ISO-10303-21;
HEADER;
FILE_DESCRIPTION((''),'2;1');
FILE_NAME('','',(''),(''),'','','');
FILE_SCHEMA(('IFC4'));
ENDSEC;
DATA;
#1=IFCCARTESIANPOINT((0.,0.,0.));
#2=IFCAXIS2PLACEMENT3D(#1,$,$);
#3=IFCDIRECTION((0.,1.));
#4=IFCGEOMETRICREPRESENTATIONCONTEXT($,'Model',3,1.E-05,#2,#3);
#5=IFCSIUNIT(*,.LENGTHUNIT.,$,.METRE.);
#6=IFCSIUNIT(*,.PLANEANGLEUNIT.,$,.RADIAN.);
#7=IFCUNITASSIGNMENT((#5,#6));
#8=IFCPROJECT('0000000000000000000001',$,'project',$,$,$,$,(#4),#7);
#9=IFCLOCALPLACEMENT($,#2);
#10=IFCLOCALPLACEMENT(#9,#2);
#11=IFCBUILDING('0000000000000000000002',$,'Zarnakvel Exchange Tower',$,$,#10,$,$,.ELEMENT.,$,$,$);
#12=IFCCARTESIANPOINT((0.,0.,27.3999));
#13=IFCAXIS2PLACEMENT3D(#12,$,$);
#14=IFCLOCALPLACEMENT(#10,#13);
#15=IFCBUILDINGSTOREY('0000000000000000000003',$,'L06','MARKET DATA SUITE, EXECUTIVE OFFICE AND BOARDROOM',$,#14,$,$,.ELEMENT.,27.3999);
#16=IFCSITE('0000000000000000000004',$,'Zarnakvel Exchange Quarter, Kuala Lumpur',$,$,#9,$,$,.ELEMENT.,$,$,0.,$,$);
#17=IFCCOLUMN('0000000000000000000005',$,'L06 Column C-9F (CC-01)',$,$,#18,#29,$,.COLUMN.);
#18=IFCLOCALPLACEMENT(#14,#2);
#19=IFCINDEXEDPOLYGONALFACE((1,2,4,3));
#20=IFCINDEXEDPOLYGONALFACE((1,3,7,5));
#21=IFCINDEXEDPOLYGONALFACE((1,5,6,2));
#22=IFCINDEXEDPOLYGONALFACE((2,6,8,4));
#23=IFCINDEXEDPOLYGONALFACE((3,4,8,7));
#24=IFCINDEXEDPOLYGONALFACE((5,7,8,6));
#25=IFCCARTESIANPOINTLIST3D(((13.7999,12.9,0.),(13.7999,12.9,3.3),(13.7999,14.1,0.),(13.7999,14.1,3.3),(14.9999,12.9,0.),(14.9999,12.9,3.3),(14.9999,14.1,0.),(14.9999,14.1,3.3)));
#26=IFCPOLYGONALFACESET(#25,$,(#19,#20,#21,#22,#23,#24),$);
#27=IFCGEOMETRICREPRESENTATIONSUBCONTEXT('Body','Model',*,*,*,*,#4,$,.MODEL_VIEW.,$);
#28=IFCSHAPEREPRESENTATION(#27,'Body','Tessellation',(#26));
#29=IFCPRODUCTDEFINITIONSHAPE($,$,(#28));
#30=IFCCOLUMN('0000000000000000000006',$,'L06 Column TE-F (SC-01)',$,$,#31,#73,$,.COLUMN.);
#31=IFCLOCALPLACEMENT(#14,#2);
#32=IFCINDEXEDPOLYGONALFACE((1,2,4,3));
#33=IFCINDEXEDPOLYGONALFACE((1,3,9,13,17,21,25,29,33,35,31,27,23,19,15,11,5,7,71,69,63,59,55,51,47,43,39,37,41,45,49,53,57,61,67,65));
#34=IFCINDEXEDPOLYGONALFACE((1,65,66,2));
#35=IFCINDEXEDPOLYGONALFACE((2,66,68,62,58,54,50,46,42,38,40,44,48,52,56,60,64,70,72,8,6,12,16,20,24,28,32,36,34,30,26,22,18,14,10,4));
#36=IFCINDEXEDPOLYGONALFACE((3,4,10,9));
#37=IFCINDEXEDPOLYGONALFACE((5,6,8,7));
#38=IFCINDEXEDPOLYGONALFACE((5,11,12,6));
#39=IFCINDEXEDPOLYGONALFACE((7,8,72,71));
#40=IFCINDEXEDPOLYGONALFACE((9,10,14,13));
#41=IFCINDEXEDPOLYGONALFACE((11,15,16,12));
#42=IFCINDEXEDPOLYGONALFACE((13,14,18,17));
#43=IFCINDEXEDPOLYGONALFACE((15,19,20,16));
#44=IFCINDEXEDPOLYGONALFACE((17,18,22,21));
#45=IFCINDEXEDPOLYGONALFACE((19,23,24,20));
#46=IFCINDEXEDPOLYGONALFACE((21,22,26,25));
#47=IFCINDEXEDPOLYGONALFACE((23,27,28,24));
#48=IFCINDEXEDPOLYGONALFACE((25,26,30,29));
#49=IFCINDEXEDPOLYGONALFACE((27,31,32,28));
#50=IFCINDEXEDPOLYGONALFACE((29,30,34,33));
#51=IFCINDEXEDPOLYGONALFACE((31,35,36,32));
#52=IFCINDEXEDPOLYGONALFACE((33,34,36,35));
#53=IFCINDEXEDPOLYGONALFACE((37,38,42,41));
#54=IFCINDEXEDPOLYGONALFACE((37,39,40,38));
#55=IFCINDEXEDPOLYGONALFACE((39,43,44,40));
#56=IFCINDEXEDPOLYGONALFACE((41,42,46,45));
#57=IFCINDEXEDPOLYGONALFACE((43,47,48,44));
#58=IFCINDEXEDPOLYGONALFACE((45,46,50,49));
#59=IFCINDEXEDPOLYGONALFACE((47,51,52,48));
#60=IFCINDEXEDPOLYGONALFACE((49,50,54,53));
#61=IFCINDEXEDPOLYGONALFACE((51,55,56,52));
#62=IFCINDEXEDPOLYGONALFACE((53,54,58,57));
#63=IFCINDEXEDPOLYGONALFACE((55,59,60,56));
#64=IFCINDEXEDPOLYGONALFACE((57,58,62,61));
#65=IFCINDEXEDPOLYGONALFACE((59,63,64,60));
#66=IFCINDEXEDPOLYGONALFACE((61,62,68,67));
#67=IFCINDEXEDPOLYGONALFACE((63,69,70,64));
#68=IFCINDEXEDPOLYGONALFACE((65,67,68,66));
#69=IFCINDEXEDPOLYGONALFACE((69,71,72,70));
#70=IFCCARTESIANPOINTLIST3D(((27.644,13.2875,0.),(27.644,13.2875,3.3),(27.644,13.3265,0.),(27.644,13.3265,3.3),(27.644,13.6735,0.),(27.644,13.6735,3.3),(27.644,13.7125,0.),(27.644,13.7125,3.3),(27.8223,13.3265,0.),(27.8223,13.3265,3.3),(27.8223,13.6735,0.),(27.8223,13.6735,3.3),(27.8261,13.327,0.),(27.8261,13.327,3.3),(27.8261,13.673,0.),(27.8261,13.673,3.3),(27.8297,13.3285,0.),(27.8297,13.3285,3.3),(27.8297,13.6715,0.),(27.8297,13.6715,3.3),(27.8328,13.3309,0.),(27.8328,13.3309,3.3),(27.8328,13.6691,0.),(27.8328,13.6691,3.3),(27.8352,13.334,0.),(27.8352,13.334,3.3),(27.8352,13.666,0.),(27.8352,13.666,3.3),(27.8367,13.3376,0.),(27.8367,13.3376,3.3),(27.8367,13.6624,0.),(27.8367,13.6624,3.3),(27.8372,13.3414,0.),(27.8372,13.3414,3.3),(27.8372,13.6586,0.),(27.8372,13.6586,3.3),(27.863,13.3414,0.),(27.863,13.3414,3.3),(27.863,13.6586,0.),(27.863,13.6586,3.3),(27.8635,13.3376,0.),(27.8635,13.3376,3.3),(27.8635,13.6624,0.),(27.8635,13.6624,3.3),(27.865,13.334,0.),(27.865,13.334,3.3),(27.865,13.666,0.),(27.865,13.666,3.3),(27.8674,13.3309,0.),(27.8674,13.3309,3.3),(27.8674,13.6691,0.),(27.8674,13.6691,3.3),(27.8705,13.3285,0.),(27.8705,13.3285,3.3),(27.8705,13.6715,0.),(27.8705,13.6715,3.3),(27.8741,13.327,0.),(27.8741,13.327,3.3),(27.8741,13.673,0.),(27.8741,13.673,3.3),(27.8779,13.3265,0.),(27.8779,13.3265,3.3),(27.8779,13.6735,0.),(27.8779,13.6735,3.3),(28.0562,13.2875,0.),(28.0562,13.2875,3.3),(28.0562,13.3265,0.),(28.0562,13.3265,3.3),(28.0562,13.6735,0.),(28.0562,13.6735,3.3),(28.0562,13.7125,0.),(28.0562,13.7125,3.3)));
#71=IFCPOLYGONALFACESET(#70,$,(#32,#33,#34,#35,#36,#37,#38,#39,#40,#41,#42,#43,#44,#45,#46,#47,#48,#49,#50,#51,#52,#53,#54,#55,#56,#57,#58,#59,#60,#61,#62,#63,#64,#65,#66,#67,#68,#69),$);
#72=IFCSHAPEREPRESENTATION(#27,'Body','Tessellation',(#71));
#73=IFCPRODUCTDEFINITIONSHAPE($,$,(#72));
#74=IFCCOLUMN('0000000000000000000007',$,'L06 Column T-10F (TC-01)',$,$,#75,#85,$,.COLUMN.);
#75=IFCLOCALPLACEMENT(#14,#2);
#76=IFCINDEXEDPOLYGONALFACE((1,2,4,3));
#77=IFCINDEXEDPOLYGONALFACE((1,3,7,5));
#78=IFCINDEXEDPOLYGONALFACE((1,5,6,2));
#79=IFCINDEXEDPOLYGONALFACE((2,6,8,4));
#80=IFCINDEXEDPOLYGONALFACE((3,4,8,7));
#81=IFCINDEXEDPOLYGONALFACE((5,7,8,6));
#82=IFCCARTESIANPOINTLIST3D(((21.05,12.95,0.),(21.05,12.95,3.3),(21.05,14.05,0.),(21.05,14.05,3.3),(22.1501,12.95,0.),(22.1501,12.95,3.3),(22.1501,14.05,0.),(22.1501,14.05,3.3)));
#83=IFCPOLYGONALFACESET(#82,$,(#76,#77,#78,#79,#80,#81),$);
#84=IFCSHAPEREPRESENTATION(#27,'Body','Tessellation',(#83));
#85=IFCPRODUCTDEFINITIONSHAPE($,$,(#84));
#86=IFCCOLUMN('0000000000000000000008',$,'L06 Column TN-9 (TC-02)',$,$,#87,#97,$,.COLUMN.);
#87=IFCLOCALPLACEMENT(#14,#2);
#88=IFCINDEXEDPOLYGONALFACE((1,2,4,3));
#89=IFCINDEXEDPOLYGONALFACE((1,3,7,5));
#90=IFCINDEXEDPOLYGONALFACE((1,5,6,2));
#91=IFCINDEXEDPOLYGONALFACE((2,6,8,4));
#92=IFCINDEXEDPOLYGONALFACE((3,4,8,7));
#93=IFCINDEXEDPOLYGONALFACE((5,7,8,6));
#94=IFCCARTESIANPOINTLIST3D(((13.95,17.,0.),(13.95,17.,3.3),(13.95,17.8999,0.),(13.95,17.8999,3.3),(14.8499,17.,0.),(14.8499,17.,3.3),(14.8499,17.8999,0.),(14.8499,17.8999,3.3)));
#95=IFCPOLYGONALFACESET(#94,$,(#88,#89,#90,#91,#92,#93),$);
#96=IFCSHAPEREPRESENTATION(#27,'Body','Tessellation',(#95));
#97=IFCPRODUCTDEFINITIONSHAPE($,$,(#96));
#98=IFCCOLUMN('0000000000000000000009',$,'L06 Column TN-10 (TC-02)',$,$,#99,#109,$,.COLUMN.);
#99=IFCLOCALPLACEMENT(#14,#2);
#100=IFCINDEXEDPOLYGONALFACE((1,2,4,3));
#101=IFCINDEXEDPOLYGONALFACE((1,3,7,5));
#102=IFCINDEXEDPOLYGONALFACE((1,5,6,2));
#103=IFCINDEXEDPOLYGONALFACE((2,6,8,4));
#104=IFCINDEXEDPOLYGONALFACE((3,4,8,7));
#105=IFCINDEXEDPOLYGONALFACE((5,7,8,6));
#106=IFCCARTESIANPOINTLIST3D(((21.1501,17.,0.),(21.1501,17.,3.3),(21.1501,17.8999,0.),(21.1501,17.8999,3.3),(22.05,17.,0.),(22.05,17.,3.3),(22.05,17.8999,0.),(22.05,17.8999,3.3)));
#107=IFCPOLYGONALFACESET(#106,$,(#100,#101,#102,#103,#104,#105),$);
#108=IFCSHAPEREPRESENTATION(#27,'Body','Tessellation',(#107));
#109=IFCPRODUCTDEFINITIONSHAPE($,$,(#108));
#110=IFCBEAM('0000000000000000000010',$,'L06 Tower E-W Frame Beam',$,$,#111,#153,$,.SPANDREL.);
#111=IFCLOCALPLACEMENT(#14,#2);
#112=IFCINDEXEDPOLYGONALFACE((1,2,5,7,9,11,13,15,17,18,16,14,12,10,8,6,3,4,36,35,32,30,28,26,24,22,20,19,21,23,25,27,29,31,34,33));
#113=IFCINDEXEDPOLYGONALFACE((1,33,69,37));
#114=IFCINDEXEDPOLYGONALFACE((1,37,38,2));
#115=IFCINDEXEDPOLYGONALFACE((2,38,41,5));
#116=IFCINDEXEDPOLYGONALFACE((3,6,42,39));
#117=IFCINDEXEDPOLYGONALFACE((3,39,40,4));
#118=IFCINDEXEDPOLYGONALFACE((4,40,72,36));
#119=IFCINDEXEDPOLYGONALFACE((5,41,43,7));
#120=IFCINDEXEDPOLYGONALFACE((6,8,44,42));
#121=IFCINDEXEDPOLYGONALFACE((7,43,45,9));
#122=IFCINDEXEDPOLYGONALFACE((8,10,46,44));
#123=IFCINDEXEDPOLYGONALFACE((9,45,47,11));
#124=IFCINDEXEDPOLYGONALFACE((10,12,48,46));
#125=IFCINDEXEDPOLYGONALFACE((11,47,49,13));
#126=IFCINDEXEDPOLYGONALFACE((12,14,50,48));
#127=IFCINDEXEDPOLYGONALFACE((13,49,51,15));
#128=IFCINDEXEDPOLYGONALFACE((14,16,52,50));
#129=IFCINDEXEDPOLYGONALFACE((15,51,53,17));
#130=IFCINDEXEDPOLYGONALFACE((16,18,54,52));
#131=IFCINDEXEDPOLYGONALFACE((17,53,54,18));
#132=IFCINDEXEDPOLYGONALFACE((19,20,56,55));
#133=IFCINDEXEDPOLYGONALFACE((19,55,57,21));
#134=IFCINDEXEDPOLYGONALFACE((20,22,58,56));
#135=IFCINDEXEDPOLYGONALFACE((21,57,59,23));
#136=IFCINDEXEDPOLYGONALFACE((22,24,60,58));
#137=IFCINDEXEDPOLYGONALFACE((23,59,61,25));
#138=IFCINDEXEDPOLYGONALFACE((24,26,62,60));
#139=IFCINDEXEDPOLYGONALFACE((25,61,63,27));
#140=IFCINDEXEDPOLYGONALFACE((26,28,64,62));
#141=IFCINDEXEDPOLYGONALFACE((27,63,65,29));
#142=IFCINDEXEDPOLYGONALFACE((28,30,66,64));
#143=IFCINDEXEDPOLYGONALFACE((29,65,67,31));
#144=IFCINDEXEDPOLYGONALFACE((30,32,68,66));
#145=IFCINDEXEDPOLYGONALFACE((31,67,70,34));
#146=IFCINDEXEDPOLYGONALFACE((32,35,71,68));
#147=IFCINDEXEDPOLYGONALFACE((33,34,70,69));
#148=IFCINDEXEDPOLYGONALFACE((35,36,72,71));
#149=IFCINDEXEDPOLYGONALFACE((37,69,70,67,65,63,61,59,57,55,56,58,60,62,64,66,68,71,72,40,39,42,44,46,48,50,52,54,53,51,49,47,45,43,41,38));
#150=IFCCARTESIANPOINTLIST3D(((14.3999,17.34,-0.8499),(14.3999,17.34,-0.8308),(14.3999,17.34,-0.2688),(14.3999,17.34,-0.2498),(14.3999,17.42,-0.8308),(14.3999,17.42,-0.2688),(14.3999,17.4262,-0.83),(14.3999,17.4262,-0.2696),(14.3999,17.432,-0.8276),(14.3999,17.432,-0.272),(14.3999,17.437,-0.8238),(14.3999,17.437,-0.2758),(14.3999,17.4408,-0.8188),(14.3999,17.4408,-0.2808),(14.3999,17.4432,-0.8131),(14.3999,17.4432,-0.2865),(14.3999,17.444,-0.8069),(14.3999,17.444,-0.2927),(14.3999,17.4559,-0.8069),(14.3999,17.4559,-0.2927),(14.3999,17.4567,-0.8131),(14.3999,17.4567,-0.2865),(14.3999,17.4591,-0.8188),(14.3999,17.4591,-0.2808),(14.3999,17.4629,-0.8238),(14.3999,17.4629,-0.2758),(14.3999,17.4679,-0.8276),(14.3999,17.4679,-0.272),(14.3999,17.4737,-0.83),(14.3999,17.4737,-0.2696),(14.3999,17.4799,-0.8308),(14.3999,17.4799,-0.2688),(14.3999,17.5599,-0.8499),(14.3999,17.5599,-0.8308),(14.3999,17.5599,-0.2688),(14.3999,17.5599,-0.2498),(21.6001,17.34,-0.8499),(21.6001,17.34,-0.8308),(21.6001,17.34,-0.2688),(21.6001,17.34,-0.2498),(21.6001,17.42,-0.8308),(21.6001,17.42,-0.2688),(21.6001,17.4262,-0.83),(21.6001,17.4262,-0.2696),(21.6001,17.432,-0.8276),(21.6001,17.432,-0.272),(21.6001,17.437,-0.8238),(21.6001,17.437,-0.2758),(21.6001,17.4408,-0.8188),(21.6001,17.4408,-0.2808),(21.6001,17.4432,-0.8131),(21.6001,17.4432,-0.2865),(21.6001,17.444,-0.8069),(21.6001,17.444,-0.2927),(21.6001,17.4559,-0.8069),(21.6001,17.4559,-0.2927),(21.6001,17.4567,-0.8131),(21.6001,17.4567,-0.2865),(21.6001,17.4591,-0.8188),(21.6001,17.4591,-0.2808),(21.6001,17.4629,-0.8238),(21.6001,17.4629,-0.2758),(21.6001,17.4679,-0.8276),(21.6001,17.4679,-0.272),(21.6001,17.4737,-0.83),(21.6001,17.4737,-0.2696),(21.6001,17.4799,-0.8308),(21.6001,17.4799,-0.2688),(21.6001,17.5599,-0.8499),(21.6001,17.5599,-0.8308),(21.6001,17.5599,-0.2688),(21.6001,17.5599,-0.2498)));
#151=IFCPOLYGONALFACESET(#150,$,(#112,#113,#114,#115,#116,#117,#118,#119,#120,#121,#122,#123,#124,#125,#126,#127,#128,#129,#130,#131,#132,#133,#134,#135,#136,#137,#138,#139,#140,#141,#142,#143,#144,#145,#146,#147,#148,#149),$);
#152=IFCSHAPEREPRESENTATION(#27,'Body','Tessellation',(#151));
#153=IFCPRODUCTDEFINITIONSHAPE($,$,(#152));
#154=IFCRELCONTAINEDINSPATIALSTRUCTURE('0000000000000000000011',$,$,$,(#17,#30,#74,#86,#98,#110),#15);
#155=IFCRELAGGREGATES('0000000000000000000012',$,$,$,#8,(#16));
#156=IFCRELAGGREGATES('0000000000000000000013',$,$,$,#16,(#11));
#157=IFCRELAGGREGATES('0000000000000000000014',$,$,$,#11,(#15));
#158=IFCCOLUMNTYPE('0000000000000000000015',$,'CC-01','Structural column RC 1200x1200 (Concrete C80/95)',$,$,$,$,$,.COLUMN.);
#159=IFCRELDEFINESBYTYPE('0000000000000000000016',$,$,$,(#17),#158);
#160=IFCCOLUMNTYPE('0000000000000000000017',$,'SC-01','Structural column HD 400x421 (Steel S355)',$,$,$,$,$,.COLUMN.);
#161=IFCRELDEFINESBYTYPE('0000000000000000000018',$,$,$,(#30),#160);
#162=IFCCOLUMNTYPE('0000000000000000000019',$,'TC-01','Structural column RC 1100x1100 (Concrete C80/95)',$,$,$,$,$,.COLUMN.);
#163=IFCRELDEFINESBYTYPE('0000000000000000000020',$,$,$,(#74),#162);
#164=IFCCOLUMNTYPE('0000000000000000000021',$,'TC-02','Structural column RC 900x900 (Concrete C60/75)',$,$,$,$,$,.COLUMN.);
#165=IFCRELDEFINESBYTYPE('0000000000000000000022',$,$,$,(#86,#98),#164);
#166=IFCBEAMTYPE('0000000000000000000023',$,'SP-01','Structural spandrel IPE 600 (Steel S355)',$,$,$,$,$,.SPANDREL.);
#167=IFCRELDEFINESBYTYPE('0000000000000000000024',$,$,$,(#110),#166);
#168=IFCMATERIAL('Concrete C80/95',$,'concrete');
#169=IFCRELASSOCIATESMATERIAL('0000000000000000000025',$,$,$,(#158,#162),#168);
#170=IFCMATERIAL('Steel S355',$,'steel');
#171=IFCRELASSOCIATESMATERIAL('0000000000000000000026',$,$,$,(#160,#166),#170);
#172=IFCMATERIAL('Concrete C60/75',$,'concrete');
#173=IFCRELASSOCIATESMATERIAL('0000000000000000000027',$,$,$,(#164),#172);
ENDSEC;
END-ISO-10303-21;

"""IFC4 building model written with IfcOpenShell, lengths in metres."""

from ifc_helpers import new_model, si_unit, direction, frame, origin, origin_2d, place, context, subcontext, project, spatial, rectangle, i_section, extrude, material, material_profile, profile_set, type_object, element, save


model = new_model("IFC4")

# Units and contexts
model_context = context("Model", 3, precision=1e-05, world=origin(), true_north=direction((0.0, 1.0)))
body_context = subcontext(model_context, "Body", "Model", "MODEL_VIEW")
ifc_project = project(units=[si_unit("LENGTHUNIT", "METRE"), si_unit("PLANEANGLEUNIT", "RADIAN")], contexts=[model_context])

# Site, building, storey
site_placement = place(None, origin())
site = spatial("IfcSite", under=ifc_project, at=site_placement, Name="Zarnakvel Exchange Quarter, Kuala Lumpur", CompositionType="ELEMENT", RefElevation=0.0)
building_placement = place(site_placement, origin())
building = spatial("IfcBuilding", under=site, at=building_placement, Name="Zarnakvel Exchange Tower", CompositionType="ELEMENT")
storey_placement = place(building_placement, frame((0.0, 0.0, 27.3999)))
storey = spatial("IfcBuildingStorey", under=building, at=storey_placement, Name="L06", Description="MARKET DATA SUITE, EXECUTIVE OFFICE AND BOARDROOM", CompositionType="ELEMENT", Elevation=27.3999)

# Columns
ifc_material_1 = material(Name="Concrete C80/95", Category="concrete")
ifc_material_profile_1 = material_profile(ifc_material_1, rectangle(XDim=1.2, YDim=1.2, at=origin_2d()))
ifc_profile_set_1 = profile_set([ifc_material_profile_1], Name="Concrete C80/95")
column_type_1 = type_object("IfcColumnType", Name="CC-01", Description="Structural column RC 1200x1200 (Concrete C80/95)", PredefinedType="COLUMN", material=ifc_profile_set_1)
column_1_placement = place(storey_placement, frame((14.3999, 13.5, 0.0), z_axis=(0.0, 0.0, 1.0), x_axis=(1.0, 0.0, 0.0)))
element("IfcColumn", 1, at=column_1_placement, inside=storey, type_object=column_type_1, Name="L06 Column C-9F (CC-01)", PredefinedType="COLUMN", context=body_context, shape_type="SweptSolid", body=[
    extrude(rectangle(XDim=1.2, YDim=1.2, at=origin_2d()), origin(), (0.0, 0.0, 1.0), 3.3),
])
ifc_material_2 = material(Name="Steel S355", Category="steel")
ifc_material_profile_2 = material_profile(ifc_material_2, i_section(OverallWidth=0.4121, OverallDepth=0.425, WebThickness=0.0259, FlangeThickness=0.0391, FilletRadius=0.0149, at=origin_2d()))
ifc_profile_set_2 = profile_set([ifc_material_profile_2], Name="Steel S355")
column_type_2 = type_object("IfcColumnType", Name="SC-01", Description="Structural column HD 400x421 (Steel S355)", PredefinedType="COLUMN", material=ifc_profile_set_2)
column_2_placement = place(storey_placement, frame((27.8501, 13.5, 0.0), z_axis=(0.0, 0.0, 1.0), x_axis=(1.0, 0.0, 0.0)))
element("IfcColumn", 2, at=column_2_placement, inside=storey, type_object=column_type_2, Name="L06 Column TE-F (SC-01)", PredefinedType="COLUMN", context=body_context, shape_type="SweptSolid", body=[
    extrude(i_section(OverallWidth=0.4121, OverallDepth=0.425, WebThickness=0.0259, FlangeThickness=0.0391, FilletRadius=0.0149, at=origin_2d()), origin(), (0.0, 0.0, 1.0), 3.3),
])
ifc_material_profile_3 = material_profile(ifc_material_1, rectangle(XDim=1.1001, YDim=1.1001, at=origin_2d()))
ifc_profile_set_3 = profile_set([ifc_material_profile_3], Name="Concrete C80/95")
column_type_3 = type_object("IfcColumnType", Name="TC-01", Description="Structural column RC 1100x1100 (Concrete C80/95)", PredefinedType="COLUMN", material=ifc_profile_set_3)
column_3_placement = place(storey_placement, frame((21.6001, 13.5, 0.0), z_axis=(0.0, 0.0, 1.0), x_axis=(1.0, 0.0, 0.0)))
element("IfcColumn", 3, at=column_3_placement, inside=storey, type_object=column_type_3, Name="L06 Column T-10F (TC-01)", PredefinedType="COLUMN", context=body_context, shape_type="SweptSolid", body=[
    extrude(rectangle(XDim=1.1001, YDim=1.1001, at=origin_2d()), origin(), (0.0, 0.0, 1.0), 3.3),
])
ifc_material_3 = material(Name="Concrete C60/75", Category="concrete")
ifc_material_profile_4 = material_profile(ifc_material_3, rectangle(XDim=0.8999, YDim=0.8999, at=origin_2d()))
ifc_profile_set_4 = profile_set([ifc_material_profile_4], Name="Concrete C60/75")
column_type_4 = type_object("IfcColumnType", Name="TC-02", Description="Structural column RC 900x900 (Concrete C60/75)", PredefinedType="COLUMN", material=ifc_profile_set_4)
for number, where, z_axis, x_axis, name in (
    (4, (14.3999, 17.45, 0.0), (0.0, 0.0, 1.0), (1.0, 0.0, 0.0), "L06 Column TN-9 (TC-02)"),
    (5, (21.6001, 17.45, 0.0), (0.0, 0.0, 1.0), (1.0, 0.0, 0.0), "L06 Column TN-10 (TC-02)"),
):
    element("IfcColumn", number, at=place(storey_placement, frame(where, z_axis=z_axis, x_axis=x_axis)), inside=storey, type_object=column_type_4, Name=name, PredefinedType="COLUMN", context=body_context, shape_type="SweptSolid", body=[
        extrude(rectangle(XDim=0.8999, YDim=0.8999, at=origin_2d()), origin(), (0.0, 0.0, 1.0), 3.3),
    ])

# Beam
ifc_material_profile_5 = material_profile(ifc_material_2, i_section(OverallWidth=0.22, OverallDepth=0.6001, WebThickness=0.012, FlangeThickness=0.019, FilletRadius=0.0239, at=origin_2d()))
ifc_profile_set_5 = profile_set([ifc_material_profile_5], Name="Steel S355")
beam_type_1 = type_object("IfcBeamType", Name="SP-01", Description="Structural spandrel IPE 600 (Steel S355)", PredefinedType="SPANDREL", material=ifc_profile_set_5)
beam_1_placement = place(storey_placement, frame((14.3999, 17.45, -0.5498), z_axis=(1.0, 0.0, 0.0), x_axis=(0.0, 1.0, 0.0)))
element("IfcBeam", 6, at=beam_1_placement, inside=storey, type_object=beam_type_1, Name="L06 Tower E-W Frame Beam", PredefinedType="SPANDREL", context=body_context, shape_type="SweptSolid", body=[
    extrude(i_section(OverallWidth=0.22, OverallDepth=0.6001, WebThickness=0.012, FlangeThickness=0.019, FilletRadius=0.0239, at=origin_2d()), origin(), (0.0, 0.0, 1.0), 7.2002),
])

save(model, "model.ifc")
